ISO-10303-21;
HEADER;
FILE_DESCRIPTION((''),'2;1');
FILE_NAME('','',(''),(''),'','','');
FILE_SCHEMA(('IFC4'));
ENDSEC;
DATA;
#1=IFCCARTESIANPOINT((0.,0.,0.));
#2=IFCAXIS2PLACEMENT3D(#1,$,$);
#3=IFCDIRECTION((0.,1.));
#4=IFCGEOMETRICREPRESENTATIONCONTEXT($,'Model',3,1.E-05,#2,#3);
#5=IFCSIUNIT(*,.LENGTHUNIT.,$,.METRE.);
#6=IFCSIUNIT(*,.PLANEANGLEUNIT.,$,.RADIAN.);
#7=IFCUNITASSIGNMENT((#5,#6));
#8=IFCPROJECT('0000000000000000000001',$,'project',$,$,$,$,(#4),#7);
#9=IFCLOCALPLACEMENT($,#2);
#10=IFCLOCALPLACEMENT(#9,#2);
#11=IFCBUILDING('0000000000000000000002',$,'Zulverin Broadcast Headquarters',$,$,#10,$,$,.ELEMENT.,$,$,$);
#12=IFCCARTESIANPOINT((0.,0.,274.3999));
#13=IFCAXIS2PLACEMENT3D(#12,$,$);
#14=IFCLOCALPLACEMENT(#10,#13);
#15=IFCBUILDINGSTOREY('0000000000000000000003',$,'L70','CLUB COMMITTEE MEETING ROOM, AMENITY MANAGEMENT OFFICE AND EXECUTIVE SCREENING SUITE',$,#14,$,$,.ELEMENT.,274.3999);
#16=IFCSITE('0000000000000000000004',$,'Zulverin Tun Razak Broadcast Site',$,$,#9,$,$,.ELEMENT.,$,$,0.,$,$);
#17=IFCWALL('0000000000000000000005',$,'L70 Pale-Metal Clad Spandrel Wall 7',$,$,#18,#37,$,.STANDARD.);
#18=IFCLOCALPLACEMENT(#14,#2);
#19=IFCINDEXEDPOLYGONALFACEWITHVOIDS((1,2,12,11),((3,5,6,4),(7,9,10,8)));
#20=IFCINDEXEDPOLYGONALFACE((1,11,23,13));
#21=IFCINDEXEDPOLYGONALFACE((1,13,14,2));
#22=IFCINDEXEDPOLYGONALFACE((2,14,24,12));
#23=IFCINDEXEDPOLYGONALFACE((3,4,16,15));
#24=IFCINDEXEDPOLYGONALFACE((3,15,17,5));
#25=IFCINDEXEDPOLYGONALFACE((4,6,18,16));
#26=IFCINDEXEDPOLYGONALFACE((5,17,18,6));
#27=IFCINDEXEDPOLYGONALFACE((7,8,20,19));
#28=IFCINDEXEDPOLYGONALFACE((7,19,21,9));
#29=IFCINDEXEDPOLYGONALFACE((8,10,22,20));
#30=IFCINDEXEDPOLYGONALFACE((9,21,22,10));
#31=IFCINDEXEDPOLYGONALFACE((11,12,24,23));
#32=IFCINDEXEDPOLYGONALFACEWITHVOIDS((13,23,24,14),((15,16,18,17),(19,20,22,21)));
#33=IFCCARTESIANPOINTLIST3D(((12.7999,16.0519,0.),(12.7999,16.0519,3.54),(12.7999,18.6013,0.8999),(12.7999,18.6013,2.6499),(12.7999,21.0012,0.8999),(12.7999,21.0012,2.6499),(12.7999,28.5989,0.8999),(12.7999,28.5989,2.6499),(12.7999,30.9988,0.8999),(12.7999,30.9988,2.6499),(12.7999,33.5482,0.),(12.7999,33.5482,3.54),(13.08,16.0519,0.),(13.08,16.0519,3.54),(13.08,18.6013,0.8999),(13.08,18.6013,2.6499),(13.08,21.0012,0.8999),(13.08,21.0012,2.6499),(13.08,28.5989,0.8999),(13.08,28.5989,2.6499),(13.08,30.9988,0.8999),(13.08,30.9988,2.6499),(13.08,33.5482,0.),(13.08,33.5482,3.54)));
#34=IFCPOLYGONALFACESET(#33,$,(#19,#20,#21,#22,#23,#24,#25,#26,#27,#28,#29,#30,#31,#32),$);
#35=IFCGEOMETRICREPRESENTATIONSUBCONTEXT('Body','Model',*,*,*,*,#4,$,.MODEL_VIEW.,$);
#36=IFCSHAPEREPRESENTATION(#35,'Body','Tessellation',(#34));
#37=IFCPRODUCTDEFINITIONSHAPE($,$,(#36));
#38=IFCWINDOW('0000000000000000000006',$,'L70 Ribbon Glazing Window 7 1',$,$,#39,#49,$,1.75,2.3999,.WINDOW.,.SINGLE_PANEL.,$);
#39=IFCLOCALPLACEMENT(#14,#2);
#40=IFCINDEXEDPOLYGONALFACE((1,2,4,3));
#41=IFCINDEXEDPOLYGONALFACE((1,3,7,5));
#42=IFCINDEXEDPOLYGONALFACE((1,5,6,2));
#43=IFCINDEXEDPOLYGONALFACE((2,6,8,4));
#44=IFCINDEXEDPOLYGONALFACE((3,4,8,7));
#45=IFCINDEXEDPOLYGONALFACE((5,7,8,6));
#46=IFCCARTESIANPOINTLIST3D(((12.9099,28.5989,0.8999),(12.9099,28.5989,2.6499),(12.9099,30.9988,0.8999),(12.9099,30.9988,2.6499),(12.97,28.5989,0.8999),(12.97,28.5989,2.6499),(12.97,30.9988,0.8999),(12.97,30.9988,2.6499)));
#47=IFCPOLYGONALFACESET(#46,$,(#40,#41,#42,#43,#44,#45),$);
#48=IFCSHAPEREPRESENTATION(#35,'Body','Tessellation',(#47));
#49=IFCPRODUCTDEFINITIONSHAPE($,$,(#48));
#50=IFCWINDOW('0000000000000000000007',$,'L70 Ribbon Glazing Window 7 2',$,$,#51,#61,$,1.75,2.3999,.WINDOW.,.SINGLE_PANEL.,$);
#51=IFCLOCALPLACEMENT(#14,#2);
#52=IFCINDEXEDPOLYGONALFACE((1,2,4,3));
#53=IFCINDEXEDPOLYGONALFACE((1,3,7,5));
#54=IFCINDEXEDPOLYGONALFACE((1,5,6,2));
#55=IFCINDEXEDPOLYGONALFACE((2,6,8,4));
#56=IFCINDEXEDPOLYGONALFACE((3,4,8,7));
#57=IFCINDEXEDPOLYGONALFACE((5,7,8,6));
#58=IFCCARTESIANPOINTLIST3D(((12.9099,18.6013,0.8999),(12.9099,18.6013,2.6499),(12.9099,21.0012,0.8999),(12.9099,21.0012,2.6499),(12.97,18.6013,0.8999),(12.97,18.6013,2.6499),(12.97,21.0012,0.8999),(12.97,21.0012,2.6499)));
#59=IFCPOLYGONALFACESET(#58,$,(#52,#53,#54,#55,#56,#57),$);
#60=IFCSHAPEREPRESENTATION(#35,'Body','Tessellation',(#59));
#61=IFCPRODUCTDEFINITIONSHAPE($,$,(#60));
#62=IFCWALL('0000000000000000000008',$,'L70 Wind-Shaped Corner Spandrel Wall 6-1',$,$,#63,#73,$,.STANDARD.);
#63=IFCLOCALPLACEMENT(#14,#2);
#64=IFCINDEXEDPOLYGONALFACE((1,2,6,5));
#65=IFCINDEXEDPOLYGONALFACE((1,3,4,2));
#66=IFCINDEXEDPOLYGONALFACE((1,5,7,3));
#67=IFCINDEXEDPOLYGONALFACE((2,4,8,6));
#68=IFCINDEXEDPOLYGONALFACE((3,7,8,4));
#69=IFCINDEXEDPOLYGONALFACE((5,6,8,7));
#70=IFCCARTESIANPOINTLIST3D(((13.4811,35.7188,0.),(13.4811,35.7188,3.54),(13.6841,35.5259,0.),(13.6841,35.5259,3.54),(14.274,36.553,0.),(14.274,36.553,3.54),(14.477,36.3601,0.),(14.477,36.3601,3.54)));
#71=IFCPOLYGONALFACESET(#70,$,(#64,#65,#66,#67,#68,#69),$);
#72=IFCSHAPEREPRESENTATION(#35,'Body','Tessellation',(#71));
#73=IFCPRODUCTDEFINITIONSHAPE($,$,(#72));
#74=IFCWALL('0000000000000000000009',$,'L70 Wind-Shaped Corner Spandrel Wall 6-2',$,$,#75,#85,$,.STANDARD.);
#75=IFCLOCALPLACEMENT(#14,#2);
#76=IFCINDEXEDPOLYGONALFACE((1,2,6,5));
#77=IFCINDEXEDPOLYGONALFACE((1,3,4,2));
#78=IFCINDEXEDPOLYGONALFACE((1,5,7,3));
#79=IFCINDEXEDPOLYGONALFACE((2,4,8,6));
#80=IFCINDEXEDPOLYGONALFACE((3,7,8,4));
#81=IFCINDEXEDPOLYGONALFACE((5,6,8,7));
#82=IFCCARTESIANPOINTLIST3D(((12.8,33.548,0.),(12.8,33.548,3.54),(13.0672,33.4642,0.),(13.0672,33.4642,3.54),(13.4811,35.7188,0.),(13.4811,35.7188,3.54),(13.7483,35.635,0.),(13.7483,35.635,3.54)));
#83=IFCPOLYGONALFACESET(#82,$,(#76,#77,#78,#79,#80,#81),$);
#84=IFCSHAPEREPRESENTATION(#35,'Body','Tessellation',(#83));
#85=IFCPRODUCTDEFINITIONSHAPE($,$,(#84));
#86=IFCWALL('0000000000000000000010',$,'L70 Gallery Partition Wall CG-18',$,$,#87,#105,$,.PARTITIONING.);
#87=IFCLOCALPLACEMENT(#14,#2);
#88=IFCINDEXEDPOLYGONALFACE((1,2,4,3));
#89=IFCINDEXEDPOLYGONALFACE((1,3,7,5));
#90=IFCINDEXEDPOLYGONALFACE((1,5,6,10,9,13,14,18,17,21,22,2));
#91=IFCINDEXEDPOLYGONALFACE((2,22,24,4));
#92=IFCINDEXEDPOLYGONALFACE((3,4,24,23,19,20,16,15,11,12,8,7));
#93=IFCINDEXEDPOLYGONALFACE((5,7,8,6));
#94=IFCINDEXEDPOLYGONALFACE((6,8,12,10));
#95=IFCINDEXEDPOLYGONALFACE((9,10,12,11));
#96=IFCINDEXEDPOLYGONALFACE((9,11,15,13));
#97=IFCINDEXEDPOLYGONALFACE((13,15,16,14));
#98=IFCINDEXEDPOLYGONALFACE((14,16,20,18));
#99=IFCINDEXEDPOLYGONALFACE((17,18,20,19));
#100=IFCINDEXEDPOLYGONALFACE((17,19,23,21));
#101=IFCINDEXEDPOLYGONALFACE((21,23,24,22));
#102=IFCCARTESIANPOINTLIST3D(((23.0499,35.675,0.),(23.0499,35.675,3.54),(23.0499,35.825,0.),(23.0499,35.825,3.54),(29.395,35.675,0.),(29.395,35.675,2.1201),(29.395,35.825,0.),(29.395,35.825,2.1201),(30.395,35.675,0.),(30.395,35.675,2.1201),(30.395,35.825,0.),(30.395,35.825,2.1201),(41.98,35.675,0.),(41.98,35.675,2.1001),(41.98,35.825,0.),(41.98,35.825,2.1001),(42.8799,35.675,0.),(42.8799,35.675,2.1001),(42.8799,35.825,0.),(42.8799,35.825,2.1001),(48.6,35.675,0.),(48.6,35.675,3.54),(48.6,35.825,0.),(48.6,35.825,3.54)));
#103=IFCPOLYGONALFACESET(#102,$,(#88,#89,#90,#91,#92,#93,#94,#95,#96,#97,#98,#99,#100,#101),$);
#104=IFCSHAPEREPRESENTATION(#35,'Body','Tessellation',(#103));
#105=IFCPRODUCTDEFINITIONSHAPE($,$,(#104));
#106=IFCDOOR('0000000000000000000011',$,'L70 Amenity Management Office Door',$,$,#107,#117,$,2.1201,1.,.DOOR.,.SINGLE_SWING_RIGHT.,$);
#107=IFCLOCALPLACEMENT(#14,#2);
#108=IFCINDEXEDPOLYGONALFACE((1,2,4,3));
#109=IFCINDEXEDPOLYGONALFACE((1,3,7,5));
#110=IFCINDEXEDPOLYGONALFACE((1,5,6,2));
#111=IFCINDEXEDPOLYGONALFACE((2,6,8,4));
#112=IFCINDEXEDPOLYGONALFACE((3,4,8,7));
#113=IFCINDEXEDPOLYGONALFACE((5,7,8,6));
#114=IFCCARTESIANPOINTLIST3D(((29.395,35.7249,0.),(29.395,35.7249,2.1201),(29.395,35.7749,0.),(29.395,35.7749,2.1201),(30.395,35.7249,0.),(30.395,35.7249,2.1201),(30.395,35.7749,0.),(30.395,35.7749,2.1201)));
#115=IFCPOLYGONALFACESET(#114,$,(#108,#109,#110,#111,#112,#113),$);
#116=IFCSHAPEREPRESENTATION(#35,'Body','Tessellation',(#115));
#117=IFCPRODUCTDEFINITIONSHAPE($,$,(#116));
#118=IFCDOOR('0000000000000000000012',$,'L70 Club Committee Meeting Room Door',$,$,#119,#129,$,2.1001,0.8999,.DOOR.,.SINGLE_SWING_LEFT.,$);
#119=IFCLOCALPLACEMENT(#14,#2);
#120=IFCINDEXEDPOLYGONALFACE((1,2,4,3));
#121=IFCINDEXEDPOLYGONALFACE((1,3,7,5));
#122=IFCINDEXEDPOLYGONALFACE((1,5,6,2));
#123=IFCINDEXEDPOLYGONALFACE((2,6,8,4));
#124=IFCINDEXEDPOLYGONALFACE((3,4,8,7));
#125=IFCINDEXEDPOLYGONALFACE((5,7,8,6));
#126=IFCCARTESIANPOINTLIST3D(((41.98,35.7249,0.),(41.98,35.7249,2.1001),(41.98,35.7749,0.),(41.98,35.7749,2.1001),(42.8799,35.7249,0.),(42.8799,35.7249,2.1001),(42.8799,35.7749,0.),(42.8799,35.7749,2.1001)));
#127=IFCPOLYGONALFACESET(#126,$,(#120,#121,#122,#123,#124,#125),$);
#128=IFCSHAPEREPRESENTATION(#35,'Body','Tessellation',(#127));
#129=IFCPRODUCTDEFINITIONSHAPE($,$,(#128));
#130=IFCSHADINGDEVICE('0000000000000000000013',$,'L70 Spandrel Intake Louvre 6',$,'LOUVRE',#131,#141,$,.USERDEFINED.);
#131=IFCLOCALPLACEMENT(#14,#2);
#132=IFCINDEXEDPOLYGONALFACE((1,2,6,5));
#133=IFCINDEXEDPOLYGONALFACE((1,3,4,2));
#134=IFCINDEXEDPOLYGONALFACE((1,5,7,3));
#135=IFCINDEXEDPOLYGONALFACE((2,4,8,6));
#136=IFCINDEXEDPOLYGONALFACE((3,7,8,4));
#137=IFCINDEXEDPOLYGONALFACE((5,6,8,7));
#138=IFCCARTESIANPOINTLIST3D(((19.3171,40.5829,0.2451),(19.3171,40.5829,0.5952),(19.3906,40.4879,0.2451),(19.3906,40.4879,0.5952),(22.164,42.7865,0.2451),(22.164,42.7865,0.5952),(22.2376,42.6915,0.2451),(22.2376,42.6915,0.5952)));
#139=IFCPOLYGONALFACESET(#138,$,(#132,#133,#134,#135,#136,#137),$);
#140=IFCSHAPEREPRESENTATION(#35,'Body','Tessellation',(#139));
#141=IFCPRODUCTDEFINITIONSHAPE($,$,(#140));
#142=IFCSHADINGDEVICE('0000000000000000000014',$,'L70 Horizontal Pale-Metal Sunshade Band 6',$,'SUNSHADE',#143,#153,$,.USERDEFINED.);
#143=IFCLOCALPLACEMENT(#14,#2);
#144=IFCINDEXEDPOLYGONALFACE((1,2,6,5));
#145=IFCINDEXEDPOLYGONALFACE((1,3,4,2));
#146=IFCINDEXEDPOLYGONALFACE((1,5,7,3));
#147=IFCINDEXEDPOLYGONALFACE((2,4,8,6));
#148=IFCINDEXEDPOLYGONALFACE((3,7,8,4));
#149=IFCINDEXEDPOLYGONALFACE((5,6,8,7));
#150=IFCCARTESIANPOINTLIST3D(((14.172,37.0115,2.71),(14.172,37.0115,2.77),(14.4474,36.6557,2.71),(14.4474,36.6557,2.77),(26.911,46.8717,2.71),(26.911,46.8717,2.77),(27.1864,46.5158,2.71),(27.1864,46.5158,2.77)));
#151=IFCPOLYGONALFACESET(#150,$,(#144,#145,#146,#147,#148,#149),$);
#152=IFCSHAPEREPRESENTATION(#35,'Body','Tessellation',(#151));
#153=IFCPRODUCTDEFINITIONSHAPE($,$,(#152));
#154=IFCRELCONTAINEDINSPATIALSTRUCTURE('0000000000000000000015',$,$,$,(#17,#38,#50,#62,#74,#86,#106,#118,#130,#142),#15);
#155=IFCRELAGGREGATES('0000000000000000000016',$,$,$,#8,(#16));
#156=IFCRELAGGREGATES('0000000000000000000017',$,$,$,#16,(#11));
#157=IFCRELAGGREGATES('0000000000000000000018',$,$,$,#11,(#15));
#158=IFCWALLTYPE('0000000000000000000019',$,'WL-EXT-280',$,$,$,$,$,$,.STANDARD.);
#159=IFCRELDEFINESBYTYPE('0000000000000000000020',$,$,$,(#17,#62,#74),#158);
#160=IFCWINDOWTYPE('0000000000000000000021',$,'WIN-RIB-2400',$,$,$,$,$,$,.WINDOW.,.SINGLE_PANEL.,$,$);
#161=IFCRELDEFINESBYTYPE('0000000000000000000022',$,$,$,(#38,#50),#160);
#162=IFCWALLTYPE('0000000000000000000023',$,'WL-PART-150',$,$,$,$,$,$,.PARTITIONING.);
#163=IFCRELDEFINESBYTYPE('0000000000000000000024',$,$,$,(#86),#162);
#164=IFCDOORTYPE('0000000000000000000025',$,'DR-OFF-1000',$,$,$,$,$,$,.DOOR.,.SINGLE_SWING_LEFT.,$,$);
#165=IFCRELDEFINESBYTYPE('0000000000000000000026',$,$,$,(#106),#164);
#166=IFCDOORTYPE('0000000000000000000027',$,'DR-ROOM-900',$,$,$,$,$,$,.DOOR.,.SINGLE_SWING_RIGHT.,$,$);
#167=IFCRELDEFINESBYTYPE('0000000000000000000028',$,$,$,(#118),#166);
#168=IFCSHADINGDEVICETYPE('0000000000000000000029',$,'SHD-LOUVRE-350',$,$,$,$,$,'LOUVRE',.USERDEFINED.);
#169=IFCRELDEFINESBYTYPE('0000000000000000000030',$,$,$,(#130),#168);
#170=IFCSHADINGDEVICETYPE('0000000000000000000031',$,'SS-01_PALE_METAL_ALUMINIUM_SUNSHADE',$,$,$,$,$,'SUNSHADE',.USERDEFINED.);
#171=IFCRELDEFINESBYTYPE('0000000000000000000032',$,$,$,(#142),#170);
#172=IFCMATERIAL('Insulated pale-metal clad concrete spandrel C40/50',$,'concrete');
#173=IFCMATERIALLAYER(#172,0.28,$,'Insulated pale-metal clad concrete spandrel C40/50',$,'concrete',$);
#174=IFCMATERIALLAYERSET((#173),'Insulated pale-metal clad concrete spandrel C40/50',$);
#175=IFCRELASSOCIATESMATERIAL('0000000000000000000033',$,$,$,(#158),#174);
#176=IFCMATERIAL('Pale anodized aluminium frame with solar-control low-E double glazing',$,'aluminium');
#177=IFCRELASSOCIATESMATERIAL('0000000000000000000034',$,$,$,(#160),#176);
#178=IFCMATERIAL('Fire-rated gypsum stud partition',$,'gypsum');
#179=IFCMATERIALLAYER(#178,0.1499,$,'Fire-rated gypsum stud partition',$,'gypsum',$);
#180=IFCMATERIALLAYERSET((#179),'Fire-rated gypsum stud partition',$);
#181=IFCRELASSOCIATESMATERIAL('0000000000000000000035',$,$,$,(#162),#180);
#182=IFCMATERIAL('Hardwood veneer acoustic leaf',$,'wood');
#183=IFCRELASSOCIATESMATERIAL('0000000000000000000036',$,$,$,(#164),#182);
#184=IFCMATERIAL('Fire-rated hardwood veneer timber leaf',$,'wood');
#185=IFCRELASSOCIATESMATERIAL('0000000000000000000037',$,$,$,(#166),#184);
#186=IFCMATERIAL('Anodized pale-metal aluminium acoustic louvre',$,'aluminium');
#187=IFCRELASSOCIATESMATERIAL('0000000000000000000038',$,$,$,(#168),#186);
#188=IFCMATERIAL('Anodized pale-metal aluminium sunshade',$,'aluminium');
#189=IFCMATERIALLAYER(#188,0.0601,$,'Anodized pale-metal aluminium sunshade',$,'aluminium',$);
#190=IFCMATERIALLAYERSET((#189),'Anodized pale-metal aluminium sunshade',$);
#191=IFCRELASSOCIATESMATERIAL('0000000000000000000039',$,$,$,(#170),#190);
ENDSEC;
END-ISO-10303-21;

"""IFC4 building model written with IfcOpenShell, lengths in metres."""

from ifc_helpers import new_model, si_unit, direction, frame, frame_2d, origin, origin_2d, place, context, subcontext, project, spatial, rectangle, extrude, material, layer, layer_set, type_object, element, fill, save


model = new_model("IFC4")

# Units and contexts
model_context = context("Model", 3, precision=1e-05, world=origin(), true_north=direction((0.0, 1.0)))
body_context = subcontext(model_context, "Body", "Model", "MODEL_VIEW")
ifc_project = project(units=[si_unit("LENGTHUNIT", "METRE"), si_unit("PLANEANGLEUNIT", "RADIAN")], contexts=[model_context])

# Site, building, storey
site_placement = place(None, origin())
site = spatial("IfcSite", under=ifc_project, at=site_placement, Name="Zulverin Tun Razak Broadcast Site", CompositionType="ELEMENT", RefElevation=0.0)
building_placement = place(site_placement, origin())
building = spatial("IfcBuilding", under=site, at=building_placement, Name="Zulverin Broadcast Headquarters", CompositionType="ELEMENT")
storey_placement = place(building_placement, frame((0.0, 0.0, 274.3999)))
storey = spatial("IfcBuildingStorey", under=building, at=storey_placement, Name="L70", Description="CLUB COMMITTEE MEETING ROOM, AMENITY MANAGEMENT OFFICE AND EXECUTIVE SCREENING SUITE", CompositionType="ELEMENT", Elevation=274.3999)

# Wall, openings, windows
ifc_material_1 = material(Name="Insulated pale-metal clad concrete spandrel C40/50", Category="concrete")
ifc_layer_1 = layer(ifc_material_1, 0.28, Name="Insulated pale-metal clad concrete spandrel C40/50", Category="concrete")
ifc_layer_set_1 = layer_set([ifc_layer_1], Name="Insulated pale-metal clad concrete spandrel C40/50")
wall_type_1 = type_object("IfcWallType", Name="WL-EXT-280", PredefinedType="STANDARD", material=ifc_layer_set_1)
wall_1_placement = place(storey_placement, frame((12.9399, 33.5481, 0.0), z_axis=(0.0, 0.0, 1.0), x_axis=(0.0, -1.0, 0.0)))
wall_1 = element("IfcWall", 1, at=wall_1_placement, inside=storey, type_object=wall_type_1, Name="L70 Pale-Metal Clad Spandrel Wall 7", PredefinedType="STANDARD", context=body_context, shape_type="SweptSolid", body=[
    extrude(rectangle(XDim=17.4963, YDim=0.28, at=frame_2d((8.748, 0.0))), origin(), (0.0, 0.0, 1.0), 3.54),
])
opening_1_placement = place(wall_1_placement, frame((2.5493, 0.0, 0.8999)))
opening_1 = element("IfcOpeningElement", 2, at=opening_1_placement, cuts=wall_1, PredefinedType="OPENING", context=body_context, shape_type="SweptSolid", body=[
    extrude(rectangle(XDim=2.3999, YDim=1.75, at=frame_2d((1.2, 0.875))), frame((0.0, 0.1499, 0.0), z_axis=(0.0, -1.0, 0.0), x_axis=(1.0, 0.0, 0.0)), (0.0, 0.0, 1.0), 0.3),
])
opening_2_placement = place(wall_1_placement, frame((12.5469, 0.0, 0.8999)))
opening_2 = element("IfcOpeningElement", 3, at=opening_2_placement, cuts=wall_1, PredefinedType="OPENING", context=body_context, shape_type="SweptSolid", body=[
    extrude(rectangle(XDim=2.3999, YDim=1.75, at=frame_2d((1.2, 0.875))), frame((0.0, 0.1499, 0.0), z_axis=(0.0, -1.0, 0.0), x_axis=(1.0, 0.0, 0.0)), (0.0, 0.0, 1.0), 0.3),
])
ifc_material_2 = material(Name="Pale anodized aluminium frame with solar-control low-E double glazing", Category="aluminium")
window_type = type_object("IfcWindowType", Name="WIN-RIB-2400", PartitioningType="SINGLE_PANEL", PredefinedType="WINDOW", material=ifc_material_2)
window_1_placement = place(opening_1_placement, origin())
window_1 = element("IfcWindow", 4, at=window_1_placement, inside=storey, type_object=window_type, Name="L70 Ribbon Glazing Window 7 1", OverallHeight=1.75, OverallWidth=2.3999, PartitioningType="SINGLE_PANEL", PredefinedType="WINDOW", context=body_context, shape_type="SweptSolid", body=[
    extrude(rectangle(XDim=2.3999, YDim=1.75, at=frame_2d((1.2, 0.875))), frame((0.0, 0.03, 0.0), z_axis=(0.0, -1.0, 0.0), x_axis=(1.0, 0.0, 0.0)), (0.0, 0.0, 1.0), 0.0601),
])
fill(opening_1, window_1)
window_2_placement = place(opening_2_placement, origin())
window_2 = element("IfcWindow", 5, at=window_2_placement, inside=storey, type_object=window_type, Name="L70 Ribbon Glazing Window 7 2", OverallHeight=1.75, OverallWidth=2.3999, PartitioningType="SINGLE_PANEL", PredefinedType="WINDOW", context=body_context, shape_type="SweptSolid", body=[
    extrude(rectangle(XDim=2.3999, YDim=1.75, at=frame_2d((1.2, 0.875))), frame((0.0, 0.03, 0.0), z_axis=(0.0, -1.0, 0.0), x_axis=(1.0, 0.0, 0.0)), (0.0, 0.0, 1.0), 0.0601),
])
fill(opening_2, window_2)

# Walls
wall_2_placement = place(storey_placement, frame((14.3755, 36.4565, 0.0), z_axis=(0.0, 0.0, 1.0), x_axis=(-0.688956, -0.724803, 0.0)))
element("IfcWall", 6, at=wall_2_placement, inside=storey, type_object=wall_type_1, Name="L70 Wind-Shaped Corner Spandrel Wall 6-1", PredefinedType="STANDARD", context=body_context, shape_type="SweptSolid", body=[
    extrude(rectangle(XDim=1.1509, YDim=0.28, at=frame_2d((0.5754, 0.0))), origin(), (0.0, 0.0, 1.0), 3.54),
])
wall_3_placement = place(storey_placement, frame((13.6147, 35.677, 0.0), z_axis=(0.0, 0.0, 1.0), x_axis=(-0.299375, -0.954136, 0.0)))
element("IfcWall", 7, at=wall_3_placement, inside=storey, type_object=wall_type_1, Name="L70 Wind-Shaped Corner Spandrel Wall 6-2", PredefinedType="STANDARD", context=body_context, shape_type="SweptSolid", body=[
    extrude(rectangle(XDim=2.2751, YDim=0.28, at=frame_2d((1.1377, 0.0))), origin(), (0.0, 0.0, 1.0), 3.54),
])

# Wall, openings, doors
ifc_material_3 = material(Name="Fire-rated gypsum stud partition", Category="gypsum")
ifc_layer_2 = layer(ifc_material_3, 0.1499, Name="Fire-rated gypsum stud partition", Category="gypsum")
ifc_layer_set_2 = layer_set([ifc_layer_2], Name="Fire-rated gypsum stud partition")
wall_type_2 = type_object("IfcWallType", Name="WL-PART-150", PredefinedType="PARTITIONING", material=ifc_layer_set_2)
wall_4_placement = place(storey_placement, frame((23.05, 35.75, 0.0), z_axis=(0.0, 0.0, 1.0), x_axis=(1.0, 0.0, 0.0)))
wall_4 = element("IfcWall", 8, at=wall_4_placement, inside=storey, type_object=wall_type_2, Name="L70 Gallery Partition Wall CG-18", PredefinedType="PARTITIONING", context=body_context, shape_type="SweptSolid", body=[
    extrude(rectangle(XDim=25.55, YDim=0.1499, at=frame_2d((12.7749, 0.0))), origin(), (0.0, 0.0, 1.0), 3.54),
])
opening_3_placement = place(wall_4_placement, frame((6.345, 0.0, 0.0)))
opening_3 = element("IfcOpeningElement", 9, at=opening_3_placement, cuts=wall_4, PredefinedType="OPENING", context=body_context, shape_type="SweptSolid", body=[
    extrude(rectangle(XDim=1.0, YDim=2.1201, at=frame_2d((0.5, 1.0601))), frame((0.0, 0.085, 0.0), z_axis=(0.0, -1.0, 0.0), x_axis=(1.0, 0.0, 0.0)), (0.0, 0.0, 1.0), 0.1699),
])
opening_4_placement = place(wall_4_placement, frame((18.9299, 0.0, 0.0)))
opening_4 = element("IfcOpeningElement", 10, at=opening_4_placement, cuts=wall_4, PredefinedType="OPENING", context=body_context, shape_type="SweptSolid", body=[
    extrude(rectangle(XDim=0.8999, YDim=2.1001, at=frame_2d((0.45, 1.05))), frame((0.0, 0.085, 0.0), z_axis=(0.0, -1.0, 0.0), x_axis=(1.0, 0.0, 0.0)), (0.0, 0.0, 1.0), 0.1699),
])
ifc_material_4 = material(Name="Hardwood veneer acoustic leaf", Category="wood")
door_type_1 = type_object("IfcDoorType", Name="DR-OFF-1000", OperationType="SINGLE_SWING_LEFT", PredefinedType="DOOR", material=ifc_material_4)
door_1_placement = place(opening_3_placement, origin())
door_1 = element("IfcDoor", 11, at=door_1_placement, inside=storey, type_object=door_type_1, Name="L70 Amenity Management Office Door", OperationType="SINGLE_SWING_RIGHT", OverallHeight=2.1201, OverallWidth=1.0, PredefinedType="DOOR", context=body_context, shape_type="SweptSolid", body=[
    extrude(rectangle(XDim=1.0, YDim=2.1201, at=frame_2d((0.5, 1.0601))), frame((0.0, 0.0249, 0.0), z_axis=(0.0, -1.0, 0.0), x_axis=(1.0, 0.0, 0.0)), (0.0, 0.0, 1.0), 0.05),
])
fill(opening_3, door_1)
ifc_material_5 = material(Name="Fire-rated hardwood veneer timber leaf", Category="wood")
door_type_2 = type_object("IfcDoorType", Name="DR-ROOM-900", OperationType="SINGLE_SWING_RIGHT", PredefinedType="DOOR", material=ifc_material_5)
door_2_placement = place(opening_4_placement, origin())
door_2 = element("IfcDoor", 12, at=door_2_placement, inside=storey, type_object=door_type_2, Name="L70 Club Committee Meeting Room Door", OperationType="SINGLE_SWING_LEFT", OverallHeight=2.1001, OverallWidth=0.8999, PredefinedType="DOOR", context=body_context, shape_type="SweptSolid", body=[
    extrude(rectangle(XDim=0.8999, YDim=2.1001, at=frame_2d((0.45, 1.05))), frame((0.0, 0.0249, 0.0), z_axis=(0.0, -1.0, 0.0), x_axis=(1.0, 0.0, 0.0)), (0.0, 0.0, 1.0), 0.05),
])
fill(opening_4, door_2)

# Shading devices
ifc_material_6 = material(Name="Anodized pale-metal aluminium acoustic louvre", Category="aluminium")
shading_device_type_1 = type_object("IfcShadingDeviceType", Name="SHD-LOUVRE-350", ElementType="LOUVRE", PredefinedType="USERDEFINED", material=ifc_material_6)
shading_device_1_placement = place(storey_placement, frame((20.7773, 41.6372, 0.2451), z_axis=(0.0, 0.0, 1.0), x_axis=(-0.790792, -0.612085, 0.0)))
element("IfcShadingDevice", 13, at=shading_device_1_placement, inside=storey, type_object=shading_device_type_1, Name="L70 Spandrel Intake Louvre 6", ObjectType="LOUVRE", PredefinedType="USERDEFINED", context=body_context, shape_type="SweptSolid", body=[
    extrude(rectangle(XDim=3.6001, YDim=0.1201, at=origin_2d()), origin(), (0.0, 0.0, 1.0), 0.3501),
])
ifc_material_7 = material(Name="Anodized pale-metal aluminium sunshade", Category="aluminium")
ifc_layer_3 = layer(ifc_material_7, 0.0601, Name="Anodized pale-metal aluminium sunshade", Category="aluminium")
ifc_layer_set_3 = layer_set([ifc_layer_3], Name="Anodized pale-metal aluminium sunshade")
shading_device_type_2 = type_object("IfcShadingDeviceType", Name="SS-01_PALE_METAL_ALUMINIUM_SUNSHADE", ElementType="SUNSHADE", PredefinedType="USERDEFINED", material=ifc_layer_set_3)
shading_device_2_placement = place(storey_placement, frame((20.6792, 41.7637, 2.71), z_axis=(0.0, 0.0, 1.0), x_axis=(-0.790792, -0.612085, 0.0)))
element("IfcShadingDevice", 14, at=shading_device_2_placement, inside=storey, type_object=shading_device_type_2, Name="L70 Horizontal Pale-Metal Sunshade Band 6", ObjectType="SUNSHADE", PredefinedType="USERDEFINED", context=body_context, shape_type="SweptSolid", body=[
    extrude(rectangle(XDim=16.1091, YDim=0.45, at=origin_2d()), origin(), (0.0, 0.0, 1.0), 0.0601),
])

save(model, "model.ifc")
